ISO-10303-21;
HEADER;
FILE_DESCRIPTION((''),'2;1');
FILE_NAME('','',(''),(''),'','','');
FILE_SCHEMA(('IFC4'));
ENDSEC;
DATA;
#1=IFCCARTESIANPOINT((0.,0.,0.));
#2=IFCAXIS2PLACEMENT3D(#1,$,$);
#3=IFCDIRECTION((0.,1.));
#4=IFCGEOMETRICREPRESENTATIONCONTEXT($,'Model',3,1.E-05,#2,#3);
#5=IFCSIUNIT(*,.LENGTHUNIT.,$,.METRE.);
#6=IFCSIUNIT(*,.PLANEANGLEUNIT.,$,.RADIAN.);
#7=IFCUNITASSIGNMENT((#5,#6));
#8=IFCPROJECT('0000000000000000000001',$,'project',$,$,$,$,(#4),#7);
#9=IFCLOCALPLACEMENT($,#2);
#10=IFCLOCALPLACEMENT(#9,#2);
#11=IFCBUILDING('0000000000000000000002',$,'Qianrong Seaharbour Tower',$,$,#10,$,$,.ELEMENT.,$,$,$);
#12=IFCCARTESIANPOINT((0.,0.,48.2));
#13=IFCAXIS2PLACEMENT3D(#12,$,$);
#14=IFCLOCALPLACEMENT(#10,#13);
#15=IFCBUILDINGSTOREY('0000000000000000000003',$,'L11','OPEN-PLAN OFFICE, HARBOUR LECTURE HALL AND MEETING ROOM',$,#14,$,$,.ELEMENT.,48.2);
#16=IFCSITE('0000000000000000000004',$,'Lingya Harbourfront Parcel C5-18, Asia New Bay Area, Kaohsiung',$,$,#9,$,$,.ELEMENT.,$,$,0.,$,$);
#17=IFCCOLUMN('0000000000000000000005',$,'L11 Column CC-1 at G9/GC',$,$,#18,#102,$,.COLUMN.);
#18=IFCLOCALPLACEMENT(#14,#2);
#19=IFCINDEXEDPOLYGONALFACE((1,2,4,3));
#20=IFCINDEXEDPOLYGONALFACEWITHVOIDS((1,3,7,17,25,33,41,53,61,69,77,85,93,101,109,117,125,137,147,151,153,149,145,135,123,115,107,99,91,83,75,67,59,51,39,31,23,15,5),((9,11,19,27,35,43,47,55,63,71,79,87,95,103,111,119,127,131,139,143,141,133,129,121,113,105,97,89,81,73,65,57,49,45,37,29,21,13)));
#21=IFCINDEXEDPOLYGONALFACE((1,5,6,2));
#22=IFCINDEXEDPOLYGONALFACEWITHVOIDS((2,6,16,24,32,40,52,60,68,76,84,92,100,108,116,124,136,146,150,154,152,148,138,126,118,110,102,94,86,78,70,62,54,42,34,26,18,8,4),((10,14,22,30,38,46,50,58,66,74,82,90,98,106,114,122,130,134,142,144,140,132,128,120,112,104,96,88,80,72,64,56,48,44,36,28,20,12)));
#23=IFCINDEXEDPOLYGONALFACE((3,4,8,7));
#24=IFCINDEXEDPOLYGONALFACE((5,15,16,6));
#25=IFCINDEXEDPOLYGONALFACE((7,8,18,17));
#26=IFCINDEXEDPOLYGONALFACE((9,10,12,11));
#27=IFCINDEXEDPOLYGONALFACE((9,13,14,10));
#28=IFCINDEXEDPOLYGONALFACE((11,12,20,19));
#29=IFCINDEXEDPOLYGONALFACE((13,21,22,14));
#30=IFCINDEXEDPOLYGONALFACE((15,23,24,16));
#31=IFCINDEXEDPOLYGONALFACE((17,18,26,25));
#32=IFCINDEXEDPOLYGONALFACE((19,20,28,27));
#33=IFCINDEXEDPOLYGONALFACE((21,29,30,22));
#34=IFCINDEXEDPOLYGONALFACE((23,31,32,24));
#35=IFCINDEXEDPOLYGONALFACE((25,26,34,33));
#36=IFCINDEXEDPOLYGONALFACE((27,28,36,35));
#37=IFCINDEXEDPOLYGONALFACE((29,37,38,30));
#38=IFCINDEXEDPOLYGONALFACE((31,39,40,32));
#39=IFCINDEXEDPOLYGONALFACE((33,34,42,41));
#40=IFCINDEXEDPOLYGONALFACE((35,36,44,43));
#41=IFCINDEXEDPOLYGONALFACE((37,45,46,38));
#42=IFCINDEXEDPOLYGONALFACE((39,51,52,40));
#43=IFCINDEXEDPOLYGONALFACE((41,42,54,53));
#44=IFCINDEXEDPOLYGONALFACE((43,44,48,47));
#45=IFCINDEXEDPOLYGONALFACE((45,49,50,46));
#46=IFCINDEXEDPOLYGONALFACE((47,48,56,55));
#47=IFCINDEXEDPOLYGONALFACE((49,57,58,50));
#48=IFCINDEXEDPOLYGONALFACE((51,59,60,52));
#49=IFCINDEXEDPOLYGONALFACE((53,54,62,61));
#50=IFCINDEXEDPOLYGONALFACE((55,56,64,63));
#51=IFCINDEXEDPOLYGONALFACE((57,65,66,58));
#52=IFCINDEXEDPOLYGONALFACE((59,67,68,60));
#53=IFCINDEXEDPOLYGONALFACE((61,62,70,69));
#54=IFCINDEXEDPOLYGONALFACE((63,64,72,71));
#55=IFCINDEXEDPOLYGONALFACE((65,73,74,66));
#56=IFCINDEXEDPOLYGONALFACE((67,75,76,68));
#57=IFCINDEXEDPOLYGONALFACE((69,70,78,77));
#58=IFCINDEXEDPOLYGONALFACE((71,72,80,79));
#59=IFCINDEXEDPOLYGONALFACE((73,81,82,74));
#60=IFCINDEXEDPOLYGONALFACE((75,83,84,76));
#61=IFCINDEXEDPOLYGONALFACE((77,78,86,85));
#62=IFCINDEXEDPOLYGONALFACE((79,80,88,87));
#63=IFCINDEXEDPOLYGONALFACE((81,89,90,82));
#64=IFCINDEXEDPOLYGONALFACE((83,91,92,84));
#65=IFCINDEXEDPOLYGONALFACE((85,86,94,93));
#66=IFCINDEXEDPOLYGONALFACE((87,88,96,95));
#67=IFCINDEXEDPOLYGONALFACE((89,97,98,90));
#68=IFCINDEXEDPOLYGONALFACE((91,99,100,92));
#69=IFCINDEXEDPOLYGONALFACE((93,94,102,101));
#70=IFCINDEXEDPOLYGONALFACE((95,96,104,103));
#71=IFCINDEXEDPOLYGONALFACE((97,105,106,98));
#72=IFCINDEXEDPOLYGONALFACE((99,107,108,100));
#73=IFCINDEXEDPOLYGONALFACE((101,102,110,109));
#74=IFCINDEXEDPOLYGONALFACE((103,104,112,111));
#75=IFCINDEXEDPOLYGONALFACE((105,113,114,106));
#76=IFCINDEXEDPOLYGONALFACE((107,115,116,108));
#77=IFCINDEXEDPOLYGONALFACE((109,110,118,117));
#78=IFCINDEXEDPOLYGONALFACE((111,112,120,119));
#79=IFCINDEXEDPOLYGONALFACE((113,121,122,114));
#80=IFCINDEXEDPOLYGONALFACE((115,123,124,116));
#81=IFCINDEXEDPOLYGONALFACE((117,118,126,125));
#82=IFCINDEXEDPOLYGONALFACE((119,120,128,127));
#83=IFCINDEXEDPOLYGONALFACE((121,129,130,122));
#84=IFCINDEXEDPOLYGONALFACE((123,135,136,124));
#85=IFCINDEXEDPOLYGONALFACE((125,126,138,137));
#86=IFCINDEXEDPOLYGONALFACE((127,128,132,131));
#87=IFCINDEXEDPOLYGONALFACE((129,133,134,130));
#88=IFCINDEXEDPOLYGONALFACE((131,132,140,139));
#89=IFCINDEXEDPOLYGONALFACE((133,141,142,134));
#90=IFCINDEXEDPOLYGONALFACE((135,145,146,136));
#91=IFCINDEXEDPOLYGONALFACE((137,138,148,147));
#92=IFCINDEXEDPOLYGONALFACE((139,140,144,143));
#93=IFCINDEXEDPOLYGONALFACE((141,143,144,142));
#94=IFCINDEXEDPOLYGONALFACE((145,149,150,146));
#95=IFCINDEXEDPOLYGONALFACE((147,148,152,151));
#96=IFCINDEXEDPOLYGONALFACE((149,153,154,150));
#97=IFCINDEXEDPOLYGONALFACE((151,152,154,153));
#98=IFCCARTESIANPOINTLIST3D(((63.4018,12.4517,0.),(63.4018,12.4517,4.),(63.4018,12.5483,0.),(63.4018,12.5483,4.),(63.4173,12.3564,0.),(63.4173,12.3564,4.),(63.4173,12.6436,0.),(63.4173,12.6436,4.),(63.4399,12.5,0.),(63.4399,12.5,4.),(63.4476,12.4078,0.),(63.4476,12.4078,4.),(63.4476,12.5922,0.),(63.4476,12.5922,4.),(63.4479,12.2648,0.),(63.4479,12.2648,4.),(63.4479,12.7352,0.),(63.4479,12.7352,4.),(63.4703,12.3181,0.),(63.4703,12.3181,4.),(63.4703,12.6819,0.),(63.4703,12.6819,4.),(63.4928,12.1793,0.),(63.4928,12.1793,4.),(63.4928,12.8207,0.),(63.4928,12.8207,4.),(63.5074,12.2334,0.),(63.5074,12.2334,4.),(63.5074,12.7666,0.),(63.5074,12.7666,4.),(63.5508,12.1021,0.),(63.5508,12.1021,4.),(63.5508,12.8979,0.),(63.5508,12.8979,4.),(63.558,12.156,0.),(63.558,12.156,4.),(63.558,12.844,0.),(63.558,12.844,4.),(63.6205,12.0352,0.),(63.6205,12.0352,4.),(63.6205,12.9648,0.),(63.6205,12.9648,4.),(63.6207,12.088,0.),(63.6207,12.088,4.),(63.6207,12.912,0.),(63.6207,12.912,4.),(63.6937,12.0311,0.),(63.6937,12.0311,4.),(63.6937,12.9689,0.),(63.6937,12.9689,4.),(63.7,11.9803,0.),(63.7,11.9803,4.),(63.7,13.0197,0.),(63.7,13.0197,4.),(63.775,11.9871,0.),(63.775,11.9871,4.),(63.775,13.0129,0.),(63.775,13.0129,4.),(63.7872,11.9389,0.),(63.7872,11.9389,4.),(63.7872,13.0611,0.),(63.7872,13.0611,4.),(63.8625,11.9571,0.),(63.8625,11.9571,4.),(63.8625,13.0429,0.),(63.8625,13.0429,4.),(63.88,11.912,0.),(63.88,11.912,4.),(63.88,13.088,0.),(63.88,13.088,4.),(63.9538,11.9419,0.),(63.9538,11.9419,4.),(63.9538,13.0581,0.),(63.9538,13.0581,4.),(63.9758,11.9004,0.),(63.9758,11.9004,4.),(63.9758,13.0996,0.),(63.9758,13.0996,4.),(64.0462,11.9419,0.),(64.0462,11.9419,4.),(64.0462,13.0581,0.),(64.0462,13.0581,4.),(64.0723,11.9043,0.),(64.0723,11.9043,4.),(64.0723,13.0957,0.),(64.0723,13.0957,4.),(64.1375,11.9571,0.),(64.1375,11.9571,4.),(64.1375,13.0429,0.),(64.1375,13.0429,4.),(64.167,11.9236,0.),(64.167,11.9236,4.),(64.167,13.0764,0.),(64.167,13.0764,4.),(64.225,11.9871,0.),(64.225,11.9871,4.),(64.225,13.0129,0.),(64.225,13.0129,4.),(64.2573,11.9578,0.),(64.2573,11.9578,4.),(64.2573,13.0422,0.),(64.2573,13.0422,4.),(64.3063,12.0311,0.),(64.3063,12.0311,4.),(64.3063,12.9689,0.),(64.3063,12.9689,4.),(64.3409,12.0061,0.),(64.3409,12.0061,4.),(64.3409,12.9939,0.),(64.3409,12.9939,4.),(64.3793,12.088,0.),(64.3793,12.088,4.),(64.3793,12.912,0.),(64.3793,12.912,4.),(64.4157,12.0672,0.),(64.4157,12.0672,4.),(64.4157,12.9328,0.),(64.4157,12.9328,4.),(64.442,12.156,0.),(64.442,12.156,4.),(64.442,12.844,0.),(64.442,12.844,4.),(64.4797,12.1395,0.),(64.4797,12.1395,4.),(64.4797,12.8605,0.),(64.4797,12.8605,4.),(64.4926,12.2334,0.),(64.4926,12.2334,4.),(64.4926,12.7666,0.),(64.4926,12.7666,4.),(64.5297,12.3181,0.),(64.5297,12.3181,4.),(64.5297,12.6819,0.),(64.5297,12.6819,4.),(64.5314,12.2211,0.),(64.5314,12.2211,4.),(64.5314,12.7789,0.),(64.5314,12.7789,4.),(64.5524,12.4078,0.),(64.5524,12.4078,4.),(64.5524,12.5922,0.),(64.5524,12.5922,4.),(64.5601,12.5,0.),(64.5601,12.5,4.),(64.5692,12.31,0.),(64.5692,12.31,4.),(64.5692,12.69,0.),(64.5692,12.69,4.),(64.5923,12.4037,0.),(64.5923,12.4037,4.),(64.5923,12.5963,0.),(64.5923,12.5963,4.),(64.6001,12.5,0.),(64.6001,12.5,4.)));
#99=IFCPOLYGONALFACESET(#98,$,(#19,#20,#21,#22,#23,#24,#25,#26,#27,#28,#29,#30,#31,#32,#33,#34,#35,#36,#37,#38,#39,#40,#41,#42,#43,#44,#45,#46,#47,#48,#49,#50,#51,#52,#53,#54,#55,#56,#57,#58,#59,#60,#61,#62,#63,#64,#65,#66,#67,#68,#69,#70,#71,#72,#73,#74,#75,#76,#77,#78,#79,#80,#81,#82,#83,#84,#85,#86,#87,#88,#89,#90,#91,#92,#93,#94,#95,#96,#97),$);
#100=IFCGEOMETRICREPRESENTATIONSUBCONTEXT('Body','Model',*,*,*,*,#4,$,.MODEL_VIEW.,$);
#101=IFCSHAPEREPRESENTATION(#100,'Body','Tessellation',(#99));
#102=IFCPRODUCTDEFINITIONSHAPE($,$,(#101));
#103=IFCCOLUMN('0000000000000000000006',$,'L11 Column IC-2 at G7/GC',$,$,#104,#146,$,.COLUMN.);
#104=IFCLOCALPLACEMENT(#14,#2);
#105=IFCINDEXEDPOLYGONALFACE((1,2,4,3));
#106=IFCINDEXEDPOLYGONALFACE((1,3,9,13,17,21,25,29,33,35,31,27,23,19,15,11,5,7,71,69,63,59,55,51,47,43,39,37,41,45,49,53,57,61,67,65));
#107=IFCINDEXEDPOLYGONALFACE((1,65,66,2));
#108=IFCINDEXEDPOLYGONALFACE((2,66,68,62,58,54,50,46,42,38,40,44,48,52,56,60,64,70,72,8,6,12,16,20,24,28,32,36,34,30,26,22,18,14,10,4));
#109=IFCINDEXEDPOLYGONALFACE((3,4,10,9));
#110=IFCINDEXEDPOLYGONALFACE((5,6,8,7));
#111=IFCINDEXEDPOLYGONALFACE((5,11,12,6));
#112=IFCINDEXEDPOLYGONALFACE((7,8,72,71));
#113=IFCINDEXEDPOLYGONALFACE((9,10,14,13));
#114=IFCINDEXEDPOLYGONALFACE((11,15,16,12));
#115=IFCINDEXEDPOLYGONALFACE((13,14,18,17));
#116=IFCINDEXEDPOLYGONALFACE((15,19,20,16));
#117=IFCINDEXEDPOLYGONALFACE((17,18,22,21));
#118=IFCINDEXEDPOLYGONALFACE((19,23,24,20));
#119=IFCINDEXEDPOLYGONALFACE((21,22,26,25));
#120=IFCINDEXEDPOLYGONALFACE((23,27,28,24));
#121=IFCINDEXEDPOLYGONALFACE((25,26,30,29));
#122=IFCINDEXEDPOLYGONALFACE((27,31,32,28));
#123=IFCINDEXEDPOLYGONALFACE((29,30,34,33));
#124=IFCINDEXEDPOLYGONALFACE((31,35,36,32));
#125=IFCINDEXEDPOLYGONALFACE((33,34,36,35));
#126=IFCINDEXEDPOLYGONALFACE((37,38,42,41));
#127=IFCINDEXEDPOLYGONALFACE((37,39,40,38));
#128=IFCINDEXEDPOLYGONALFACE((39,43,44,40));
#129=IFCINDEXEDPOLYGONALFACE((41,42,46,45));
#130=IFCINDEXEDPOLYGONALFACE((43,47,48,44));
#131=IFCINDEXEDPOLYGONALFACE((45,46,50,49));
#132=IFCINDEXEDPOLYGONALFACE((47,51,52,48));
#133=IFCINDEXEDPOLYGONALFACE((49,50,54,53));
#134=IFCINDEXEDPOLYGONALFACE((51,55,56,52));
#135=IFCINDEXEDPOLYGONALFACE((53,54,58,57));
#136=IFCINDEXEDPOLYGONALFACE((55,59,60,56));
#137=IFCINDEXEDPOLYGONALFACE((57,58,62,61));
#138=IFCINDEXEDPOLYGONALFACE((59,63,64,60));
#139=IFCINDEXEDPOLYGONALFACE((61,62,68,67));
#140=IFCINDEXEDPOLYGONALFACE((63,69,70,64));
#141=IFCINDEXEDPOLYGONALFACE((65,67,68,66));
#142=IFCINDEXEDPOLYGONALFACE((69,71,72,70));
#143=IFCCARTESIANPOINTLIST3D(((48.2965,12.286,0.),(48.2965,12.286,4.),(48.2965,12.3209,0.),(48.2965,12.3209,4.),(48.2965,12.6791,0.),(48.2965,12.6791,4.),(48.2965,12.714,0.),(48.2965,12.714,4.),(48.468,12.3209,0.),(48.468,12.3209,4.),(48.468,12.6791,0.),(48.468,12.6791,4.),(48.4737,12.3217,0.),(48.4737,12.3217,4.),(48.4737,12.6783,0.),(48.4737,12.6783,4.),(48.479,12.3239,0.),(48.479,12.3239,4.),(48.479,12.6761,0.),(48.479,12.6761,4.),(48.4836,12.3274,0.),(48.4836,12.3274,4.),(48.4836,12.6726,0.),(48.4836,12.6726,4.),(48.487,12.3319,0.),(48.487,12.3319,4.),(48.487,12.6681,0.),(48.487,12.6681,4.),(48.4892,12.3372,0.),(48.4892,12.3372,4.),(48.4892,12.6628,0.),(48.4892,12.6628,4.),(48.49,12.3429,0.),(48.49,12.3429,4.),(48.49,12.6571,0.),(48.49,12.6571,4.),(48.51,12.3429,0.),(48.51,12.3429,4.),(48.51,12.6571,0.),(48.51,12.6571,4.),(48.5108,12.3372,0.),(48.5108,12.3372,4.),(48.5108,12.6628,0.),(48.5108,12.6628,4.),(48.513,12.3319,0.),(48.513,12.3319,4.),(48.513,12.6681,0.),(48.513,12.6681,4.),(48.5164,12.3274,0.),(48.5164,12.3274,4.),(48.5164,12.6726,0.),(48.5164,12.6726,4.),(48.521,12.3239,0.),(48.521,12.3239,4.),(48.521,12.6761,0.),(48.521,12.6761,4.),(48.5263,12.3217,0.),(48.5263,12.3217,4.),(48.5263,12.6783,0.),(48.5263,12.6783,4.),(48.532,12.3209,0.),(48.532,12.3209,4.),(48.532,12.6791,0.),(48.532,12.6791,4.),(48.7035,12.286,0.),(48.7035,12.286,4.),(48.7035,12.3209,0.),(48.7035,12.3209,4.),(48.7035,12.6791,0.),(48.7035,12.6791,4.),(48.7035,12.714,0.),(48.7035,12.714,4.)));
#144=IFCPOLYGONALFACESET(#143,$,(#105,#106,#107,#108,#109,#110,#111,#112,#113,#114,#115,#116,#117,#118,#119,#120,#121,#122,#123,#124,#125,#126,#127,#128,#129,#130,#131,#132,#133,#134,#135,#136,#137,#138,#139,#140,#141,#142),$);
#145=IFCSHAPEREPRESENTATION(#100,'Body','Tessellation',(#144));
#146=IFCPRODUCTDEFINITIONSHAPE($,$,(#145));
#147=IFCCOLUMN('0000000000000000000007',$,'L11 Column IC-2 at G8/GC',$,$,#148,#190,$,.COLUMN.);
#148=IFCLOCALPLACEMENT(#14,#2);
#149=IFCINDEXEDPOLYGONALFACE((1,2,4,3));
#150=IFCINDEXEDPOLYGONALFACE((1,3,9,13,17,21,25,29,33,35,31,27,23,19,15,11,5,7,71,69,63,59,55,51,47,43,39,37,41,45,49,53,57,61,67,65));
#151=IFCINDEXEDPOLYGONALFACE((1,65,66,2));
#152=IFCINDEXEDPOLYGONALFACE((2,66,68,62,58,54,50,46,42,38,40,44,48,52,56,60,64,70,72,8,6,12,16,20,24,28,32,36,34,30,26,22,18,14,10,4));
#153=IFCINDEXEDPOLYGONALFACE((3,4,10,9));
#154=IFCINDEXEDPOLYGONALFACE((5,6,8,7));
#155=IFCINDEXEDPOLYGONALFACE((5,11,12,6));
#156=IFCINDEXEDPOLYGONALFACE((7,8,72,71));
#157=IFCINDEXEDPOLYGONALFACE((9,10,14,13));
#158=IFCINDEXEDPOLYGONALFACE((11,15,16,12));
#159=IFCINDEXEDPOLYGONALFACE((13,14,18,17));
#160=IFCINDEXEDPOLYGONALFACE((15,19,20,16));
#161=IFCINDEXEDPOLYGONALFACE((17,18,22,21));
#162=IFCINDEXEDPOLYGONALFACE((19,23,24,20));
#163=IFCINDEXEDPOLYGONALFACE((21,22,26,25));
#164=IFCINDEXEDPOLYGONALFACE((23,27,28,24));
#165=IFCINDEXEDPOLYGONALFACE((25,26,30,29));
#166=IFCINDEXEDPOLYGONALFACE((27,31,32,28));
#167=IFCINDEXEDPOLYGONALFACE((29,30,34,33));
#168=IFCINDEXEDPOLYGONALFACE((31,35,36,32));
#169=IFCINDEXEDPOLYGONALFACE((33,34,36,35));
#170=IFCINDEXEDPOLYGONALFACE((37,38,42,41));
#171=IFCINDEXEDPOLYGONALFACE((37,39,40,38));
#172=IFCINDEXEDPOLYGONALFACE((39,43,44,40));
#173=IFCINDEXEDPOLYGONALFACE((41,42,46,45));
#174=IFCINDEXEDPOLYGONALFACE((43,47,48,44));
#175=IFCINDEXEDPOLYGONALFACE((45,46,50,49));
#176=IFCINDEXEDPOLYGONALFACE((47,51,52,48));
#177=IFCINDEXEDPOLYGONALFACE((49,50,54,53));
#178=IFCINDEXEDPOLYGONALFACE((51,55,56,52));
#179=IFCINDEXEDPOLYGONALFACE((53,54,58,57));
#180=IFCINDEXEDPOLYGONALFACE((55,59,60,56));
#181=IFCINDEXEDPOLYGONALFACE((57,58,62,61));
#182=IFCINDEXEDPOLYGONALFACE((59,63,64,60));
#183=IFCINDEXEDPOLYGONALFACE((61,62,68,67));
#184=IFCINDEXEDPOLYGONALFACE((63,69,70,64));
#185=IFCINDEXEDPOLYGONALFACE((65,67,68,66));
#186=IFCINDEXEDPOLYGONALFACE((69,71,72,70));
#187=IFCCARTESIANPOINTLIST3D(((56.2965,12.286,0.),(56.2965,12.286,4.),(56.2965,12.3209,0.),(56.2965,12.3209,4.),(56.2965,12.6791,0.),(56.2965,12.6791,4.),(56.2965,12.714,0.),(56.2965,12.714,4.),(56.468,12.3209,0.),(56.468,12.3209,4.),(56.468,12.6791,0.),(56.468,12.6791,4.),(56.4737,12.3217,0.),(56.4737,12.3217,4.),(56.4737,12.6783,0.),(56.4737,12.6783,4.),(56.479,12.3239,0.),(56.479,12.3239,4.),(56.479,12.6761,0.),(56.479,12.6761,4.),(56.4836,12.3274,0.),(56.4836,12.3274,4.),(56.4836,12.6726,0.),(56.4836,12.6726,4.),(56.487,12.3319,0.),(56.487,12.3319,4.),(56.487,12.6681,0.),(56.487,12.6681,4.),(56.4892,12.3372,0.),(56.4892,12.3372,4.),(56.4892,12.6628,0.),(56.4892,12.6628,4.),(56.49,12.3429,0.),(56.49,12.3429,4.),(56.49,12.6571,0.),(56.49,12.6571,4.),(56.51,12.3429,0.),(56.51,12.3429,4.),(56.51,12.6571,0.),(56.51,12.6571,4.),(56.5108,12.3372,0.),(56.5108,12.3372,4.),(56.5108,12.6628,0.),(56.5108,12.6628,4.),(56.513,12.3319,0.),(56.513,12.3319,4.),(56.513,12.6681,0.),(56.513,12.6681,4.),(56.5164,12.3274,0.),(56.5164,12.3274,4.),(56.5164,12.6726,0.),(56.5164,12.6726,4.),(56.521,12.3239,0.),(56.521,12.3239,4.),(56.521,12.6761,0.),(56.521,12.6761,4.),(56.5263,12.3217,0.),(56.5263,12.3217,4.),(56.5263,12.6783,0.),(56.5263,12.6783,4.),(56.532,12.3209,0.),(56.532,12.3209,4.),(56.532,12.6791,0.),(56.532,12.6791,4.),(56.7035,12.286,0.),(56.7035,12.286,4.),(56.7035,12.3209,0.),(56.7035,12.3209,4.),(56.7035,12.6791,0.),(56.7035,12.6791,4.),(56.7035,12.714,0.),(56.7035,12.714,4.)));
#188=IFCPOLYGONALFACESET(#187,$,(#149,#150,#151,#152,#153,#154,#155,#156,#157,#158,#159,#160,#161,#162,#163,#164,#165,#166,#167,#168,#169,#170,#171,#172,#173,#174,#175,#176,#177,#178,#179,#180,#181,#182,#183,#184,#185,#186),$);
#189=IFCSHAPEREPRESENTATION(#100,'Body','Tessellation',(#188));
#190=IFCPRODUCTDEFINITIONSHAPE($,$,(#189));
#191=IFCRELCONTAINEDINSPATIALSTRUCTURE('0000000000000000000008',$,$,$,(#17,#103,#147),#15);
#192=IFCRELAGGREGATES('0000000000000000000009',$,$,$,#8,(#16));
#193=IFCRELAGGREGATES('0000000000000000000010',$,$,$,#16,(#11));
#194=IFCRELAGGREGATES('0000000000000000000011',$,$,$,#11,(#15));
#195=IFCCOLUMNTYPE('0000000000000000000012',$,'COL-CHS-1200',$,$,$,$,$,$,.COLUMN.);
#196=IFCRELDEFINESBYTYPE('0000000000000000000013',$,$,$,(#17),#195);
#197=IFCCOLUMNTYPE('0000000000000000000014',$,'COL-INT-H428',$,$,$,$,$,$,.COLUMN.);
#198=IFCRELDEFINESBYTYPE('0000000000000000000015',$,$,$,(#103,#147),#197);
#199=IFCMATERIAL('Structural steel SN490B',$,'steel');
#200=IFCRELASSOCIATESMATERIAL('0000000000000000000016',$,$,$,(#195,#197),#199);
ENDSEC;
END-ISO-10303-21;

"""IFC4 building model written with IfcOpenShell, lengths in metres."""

from ifc_helpers import new_model, si_unit, direction, frame, origin, origin_2d, place, context, subcontext, project, spatial, hollow_circle, i_section, extrude, material, material_profile, profile_set, type_object, element, save


model = new_model("IFC4")

# Units and contexts
model_context = context("Model", 3, precision=1e-05, world=origin(), true_north=direction((0.0, 1.0)))
body_context = subcontext(model_context, "Body", "Model", "MODEL_VIEW")
ifc_project = project(units=[si_unit("LENGTHUNIT", "METRE"), si_unit("PLANEANGLEUNIT", "RADIAN")], contexts=[model_context])

# Site, building, storey
site_placement = place(None, origin())
site = spatial("IfcSite", under=ifc_project, at=site_placement, Name="Lingya Harbourfront Parcel C5-18, Asia New Bay Area, Kaohsiung", CompositionType="ELEMENT", RefElevation=0.0)
building_placement = place(site_placement, origin())
building = spatial("IfcBuilding", under=site, at=building_placement, Name="Qianrong Seaharbour Tower", CompositionType="ELEMENT")
storey_placement = place(building_placement, frame((0.0, 0.0, 48.2)))
storey = spatial("IfcBuildingStorey", under=building, at=storey_placement, Name="L11", Description="OPEN-PLAN OFFICE, HARBOUR LECTURE HALL AND MEETING ROOM", CompositionType="ELEMENT", Elevation=48.2)

# Columns
ifc_material_1 = material(Name="Structural steel SN490B", Category="steel")
ifc_material_profile_1 = material_profile(ifc_material_1, hollow_circle(Radius=0.6001, WallThickness=0.04, at=origin_2d()), Name="CHS1200x40")
ifc_profile_set_1 = profile_set([ifc_material_profile_1], Name="Structural steel SN490B")
column_type_1 = type_object("IfcColumnType", Name="COL-CHS-1200", PredefinedType="COLUMN", material=ifc_profile_set_1)
column_placement = place(storey_placement, frame((64.0, 12.5, 0.0), z_axis=(0.0, 0.0, 1.0), x_axis=(1.0, 0.0, 0.0)))
element("IfcColumn", 1, at=column_placement, inside=storey, type_object=column_type_1, Name="L11 Column CC-1 at G9/GC", PredefinedType="COLUMN", context=body_context, shape_type="SweptSolid", body=[
    extrude(hollow_circle(Radius=0.6001, WallThickness=0.04, at=origin_2d()), origin(), (0.0, 0.0, 1.0), 4.0),
])
ifc_material_profile_2 = material_profile(ifc_material_1, i_section(OverallWidth=0.407, OverallDepth=0.428, WebThickness=0.02, FlangeThickness=0.0349, FilletRadius=0.022, at=origin_2d()), Name="H428x407x20x35")
ifc_profile_set_2 = profile_set([ifc_material_profile_2], Name="Structural steel SN490B")
column_type_2 = type_object("IfcColumnType", Name="COL-INT-H428", PredefinedType="COLUMN", material=ifc_profile_set_2)
for number, where, z_axis, x_axis, name in (
    (2, (48.5, 12.5, 0.0), (0.0, 0.0, 1.0), (1.0, 0.0, 0.0), "L11 Column IC-2 at G7/GC"),
    (3, (56.5, 12.5, 0.0), (0.0, 0.0, 1.0), (1.0, 0.0, 0.0), "L11 Column IC-2 at G8/GC"),
):
    element("IfcColumn", number, at=place(storey_placement, frame(where, z_axis=z_axis, x_axis=x_axis)), inside=storey, type_object=column_type_2, Name=name, PredefinedType="COLUMN", context=body_context, shape_type="SweptSolid", body=[
        extrude(i_section(OverallWidth=0.407, OverallDepth=0.428, WebThickness=0.02, FlangeThickness=0.0349, FilletRadius=0.022, at=origin_2d()), origin(), (0.0, 0.0, 1.0), 4.0),
    ])

save(model, "model.ifc")
